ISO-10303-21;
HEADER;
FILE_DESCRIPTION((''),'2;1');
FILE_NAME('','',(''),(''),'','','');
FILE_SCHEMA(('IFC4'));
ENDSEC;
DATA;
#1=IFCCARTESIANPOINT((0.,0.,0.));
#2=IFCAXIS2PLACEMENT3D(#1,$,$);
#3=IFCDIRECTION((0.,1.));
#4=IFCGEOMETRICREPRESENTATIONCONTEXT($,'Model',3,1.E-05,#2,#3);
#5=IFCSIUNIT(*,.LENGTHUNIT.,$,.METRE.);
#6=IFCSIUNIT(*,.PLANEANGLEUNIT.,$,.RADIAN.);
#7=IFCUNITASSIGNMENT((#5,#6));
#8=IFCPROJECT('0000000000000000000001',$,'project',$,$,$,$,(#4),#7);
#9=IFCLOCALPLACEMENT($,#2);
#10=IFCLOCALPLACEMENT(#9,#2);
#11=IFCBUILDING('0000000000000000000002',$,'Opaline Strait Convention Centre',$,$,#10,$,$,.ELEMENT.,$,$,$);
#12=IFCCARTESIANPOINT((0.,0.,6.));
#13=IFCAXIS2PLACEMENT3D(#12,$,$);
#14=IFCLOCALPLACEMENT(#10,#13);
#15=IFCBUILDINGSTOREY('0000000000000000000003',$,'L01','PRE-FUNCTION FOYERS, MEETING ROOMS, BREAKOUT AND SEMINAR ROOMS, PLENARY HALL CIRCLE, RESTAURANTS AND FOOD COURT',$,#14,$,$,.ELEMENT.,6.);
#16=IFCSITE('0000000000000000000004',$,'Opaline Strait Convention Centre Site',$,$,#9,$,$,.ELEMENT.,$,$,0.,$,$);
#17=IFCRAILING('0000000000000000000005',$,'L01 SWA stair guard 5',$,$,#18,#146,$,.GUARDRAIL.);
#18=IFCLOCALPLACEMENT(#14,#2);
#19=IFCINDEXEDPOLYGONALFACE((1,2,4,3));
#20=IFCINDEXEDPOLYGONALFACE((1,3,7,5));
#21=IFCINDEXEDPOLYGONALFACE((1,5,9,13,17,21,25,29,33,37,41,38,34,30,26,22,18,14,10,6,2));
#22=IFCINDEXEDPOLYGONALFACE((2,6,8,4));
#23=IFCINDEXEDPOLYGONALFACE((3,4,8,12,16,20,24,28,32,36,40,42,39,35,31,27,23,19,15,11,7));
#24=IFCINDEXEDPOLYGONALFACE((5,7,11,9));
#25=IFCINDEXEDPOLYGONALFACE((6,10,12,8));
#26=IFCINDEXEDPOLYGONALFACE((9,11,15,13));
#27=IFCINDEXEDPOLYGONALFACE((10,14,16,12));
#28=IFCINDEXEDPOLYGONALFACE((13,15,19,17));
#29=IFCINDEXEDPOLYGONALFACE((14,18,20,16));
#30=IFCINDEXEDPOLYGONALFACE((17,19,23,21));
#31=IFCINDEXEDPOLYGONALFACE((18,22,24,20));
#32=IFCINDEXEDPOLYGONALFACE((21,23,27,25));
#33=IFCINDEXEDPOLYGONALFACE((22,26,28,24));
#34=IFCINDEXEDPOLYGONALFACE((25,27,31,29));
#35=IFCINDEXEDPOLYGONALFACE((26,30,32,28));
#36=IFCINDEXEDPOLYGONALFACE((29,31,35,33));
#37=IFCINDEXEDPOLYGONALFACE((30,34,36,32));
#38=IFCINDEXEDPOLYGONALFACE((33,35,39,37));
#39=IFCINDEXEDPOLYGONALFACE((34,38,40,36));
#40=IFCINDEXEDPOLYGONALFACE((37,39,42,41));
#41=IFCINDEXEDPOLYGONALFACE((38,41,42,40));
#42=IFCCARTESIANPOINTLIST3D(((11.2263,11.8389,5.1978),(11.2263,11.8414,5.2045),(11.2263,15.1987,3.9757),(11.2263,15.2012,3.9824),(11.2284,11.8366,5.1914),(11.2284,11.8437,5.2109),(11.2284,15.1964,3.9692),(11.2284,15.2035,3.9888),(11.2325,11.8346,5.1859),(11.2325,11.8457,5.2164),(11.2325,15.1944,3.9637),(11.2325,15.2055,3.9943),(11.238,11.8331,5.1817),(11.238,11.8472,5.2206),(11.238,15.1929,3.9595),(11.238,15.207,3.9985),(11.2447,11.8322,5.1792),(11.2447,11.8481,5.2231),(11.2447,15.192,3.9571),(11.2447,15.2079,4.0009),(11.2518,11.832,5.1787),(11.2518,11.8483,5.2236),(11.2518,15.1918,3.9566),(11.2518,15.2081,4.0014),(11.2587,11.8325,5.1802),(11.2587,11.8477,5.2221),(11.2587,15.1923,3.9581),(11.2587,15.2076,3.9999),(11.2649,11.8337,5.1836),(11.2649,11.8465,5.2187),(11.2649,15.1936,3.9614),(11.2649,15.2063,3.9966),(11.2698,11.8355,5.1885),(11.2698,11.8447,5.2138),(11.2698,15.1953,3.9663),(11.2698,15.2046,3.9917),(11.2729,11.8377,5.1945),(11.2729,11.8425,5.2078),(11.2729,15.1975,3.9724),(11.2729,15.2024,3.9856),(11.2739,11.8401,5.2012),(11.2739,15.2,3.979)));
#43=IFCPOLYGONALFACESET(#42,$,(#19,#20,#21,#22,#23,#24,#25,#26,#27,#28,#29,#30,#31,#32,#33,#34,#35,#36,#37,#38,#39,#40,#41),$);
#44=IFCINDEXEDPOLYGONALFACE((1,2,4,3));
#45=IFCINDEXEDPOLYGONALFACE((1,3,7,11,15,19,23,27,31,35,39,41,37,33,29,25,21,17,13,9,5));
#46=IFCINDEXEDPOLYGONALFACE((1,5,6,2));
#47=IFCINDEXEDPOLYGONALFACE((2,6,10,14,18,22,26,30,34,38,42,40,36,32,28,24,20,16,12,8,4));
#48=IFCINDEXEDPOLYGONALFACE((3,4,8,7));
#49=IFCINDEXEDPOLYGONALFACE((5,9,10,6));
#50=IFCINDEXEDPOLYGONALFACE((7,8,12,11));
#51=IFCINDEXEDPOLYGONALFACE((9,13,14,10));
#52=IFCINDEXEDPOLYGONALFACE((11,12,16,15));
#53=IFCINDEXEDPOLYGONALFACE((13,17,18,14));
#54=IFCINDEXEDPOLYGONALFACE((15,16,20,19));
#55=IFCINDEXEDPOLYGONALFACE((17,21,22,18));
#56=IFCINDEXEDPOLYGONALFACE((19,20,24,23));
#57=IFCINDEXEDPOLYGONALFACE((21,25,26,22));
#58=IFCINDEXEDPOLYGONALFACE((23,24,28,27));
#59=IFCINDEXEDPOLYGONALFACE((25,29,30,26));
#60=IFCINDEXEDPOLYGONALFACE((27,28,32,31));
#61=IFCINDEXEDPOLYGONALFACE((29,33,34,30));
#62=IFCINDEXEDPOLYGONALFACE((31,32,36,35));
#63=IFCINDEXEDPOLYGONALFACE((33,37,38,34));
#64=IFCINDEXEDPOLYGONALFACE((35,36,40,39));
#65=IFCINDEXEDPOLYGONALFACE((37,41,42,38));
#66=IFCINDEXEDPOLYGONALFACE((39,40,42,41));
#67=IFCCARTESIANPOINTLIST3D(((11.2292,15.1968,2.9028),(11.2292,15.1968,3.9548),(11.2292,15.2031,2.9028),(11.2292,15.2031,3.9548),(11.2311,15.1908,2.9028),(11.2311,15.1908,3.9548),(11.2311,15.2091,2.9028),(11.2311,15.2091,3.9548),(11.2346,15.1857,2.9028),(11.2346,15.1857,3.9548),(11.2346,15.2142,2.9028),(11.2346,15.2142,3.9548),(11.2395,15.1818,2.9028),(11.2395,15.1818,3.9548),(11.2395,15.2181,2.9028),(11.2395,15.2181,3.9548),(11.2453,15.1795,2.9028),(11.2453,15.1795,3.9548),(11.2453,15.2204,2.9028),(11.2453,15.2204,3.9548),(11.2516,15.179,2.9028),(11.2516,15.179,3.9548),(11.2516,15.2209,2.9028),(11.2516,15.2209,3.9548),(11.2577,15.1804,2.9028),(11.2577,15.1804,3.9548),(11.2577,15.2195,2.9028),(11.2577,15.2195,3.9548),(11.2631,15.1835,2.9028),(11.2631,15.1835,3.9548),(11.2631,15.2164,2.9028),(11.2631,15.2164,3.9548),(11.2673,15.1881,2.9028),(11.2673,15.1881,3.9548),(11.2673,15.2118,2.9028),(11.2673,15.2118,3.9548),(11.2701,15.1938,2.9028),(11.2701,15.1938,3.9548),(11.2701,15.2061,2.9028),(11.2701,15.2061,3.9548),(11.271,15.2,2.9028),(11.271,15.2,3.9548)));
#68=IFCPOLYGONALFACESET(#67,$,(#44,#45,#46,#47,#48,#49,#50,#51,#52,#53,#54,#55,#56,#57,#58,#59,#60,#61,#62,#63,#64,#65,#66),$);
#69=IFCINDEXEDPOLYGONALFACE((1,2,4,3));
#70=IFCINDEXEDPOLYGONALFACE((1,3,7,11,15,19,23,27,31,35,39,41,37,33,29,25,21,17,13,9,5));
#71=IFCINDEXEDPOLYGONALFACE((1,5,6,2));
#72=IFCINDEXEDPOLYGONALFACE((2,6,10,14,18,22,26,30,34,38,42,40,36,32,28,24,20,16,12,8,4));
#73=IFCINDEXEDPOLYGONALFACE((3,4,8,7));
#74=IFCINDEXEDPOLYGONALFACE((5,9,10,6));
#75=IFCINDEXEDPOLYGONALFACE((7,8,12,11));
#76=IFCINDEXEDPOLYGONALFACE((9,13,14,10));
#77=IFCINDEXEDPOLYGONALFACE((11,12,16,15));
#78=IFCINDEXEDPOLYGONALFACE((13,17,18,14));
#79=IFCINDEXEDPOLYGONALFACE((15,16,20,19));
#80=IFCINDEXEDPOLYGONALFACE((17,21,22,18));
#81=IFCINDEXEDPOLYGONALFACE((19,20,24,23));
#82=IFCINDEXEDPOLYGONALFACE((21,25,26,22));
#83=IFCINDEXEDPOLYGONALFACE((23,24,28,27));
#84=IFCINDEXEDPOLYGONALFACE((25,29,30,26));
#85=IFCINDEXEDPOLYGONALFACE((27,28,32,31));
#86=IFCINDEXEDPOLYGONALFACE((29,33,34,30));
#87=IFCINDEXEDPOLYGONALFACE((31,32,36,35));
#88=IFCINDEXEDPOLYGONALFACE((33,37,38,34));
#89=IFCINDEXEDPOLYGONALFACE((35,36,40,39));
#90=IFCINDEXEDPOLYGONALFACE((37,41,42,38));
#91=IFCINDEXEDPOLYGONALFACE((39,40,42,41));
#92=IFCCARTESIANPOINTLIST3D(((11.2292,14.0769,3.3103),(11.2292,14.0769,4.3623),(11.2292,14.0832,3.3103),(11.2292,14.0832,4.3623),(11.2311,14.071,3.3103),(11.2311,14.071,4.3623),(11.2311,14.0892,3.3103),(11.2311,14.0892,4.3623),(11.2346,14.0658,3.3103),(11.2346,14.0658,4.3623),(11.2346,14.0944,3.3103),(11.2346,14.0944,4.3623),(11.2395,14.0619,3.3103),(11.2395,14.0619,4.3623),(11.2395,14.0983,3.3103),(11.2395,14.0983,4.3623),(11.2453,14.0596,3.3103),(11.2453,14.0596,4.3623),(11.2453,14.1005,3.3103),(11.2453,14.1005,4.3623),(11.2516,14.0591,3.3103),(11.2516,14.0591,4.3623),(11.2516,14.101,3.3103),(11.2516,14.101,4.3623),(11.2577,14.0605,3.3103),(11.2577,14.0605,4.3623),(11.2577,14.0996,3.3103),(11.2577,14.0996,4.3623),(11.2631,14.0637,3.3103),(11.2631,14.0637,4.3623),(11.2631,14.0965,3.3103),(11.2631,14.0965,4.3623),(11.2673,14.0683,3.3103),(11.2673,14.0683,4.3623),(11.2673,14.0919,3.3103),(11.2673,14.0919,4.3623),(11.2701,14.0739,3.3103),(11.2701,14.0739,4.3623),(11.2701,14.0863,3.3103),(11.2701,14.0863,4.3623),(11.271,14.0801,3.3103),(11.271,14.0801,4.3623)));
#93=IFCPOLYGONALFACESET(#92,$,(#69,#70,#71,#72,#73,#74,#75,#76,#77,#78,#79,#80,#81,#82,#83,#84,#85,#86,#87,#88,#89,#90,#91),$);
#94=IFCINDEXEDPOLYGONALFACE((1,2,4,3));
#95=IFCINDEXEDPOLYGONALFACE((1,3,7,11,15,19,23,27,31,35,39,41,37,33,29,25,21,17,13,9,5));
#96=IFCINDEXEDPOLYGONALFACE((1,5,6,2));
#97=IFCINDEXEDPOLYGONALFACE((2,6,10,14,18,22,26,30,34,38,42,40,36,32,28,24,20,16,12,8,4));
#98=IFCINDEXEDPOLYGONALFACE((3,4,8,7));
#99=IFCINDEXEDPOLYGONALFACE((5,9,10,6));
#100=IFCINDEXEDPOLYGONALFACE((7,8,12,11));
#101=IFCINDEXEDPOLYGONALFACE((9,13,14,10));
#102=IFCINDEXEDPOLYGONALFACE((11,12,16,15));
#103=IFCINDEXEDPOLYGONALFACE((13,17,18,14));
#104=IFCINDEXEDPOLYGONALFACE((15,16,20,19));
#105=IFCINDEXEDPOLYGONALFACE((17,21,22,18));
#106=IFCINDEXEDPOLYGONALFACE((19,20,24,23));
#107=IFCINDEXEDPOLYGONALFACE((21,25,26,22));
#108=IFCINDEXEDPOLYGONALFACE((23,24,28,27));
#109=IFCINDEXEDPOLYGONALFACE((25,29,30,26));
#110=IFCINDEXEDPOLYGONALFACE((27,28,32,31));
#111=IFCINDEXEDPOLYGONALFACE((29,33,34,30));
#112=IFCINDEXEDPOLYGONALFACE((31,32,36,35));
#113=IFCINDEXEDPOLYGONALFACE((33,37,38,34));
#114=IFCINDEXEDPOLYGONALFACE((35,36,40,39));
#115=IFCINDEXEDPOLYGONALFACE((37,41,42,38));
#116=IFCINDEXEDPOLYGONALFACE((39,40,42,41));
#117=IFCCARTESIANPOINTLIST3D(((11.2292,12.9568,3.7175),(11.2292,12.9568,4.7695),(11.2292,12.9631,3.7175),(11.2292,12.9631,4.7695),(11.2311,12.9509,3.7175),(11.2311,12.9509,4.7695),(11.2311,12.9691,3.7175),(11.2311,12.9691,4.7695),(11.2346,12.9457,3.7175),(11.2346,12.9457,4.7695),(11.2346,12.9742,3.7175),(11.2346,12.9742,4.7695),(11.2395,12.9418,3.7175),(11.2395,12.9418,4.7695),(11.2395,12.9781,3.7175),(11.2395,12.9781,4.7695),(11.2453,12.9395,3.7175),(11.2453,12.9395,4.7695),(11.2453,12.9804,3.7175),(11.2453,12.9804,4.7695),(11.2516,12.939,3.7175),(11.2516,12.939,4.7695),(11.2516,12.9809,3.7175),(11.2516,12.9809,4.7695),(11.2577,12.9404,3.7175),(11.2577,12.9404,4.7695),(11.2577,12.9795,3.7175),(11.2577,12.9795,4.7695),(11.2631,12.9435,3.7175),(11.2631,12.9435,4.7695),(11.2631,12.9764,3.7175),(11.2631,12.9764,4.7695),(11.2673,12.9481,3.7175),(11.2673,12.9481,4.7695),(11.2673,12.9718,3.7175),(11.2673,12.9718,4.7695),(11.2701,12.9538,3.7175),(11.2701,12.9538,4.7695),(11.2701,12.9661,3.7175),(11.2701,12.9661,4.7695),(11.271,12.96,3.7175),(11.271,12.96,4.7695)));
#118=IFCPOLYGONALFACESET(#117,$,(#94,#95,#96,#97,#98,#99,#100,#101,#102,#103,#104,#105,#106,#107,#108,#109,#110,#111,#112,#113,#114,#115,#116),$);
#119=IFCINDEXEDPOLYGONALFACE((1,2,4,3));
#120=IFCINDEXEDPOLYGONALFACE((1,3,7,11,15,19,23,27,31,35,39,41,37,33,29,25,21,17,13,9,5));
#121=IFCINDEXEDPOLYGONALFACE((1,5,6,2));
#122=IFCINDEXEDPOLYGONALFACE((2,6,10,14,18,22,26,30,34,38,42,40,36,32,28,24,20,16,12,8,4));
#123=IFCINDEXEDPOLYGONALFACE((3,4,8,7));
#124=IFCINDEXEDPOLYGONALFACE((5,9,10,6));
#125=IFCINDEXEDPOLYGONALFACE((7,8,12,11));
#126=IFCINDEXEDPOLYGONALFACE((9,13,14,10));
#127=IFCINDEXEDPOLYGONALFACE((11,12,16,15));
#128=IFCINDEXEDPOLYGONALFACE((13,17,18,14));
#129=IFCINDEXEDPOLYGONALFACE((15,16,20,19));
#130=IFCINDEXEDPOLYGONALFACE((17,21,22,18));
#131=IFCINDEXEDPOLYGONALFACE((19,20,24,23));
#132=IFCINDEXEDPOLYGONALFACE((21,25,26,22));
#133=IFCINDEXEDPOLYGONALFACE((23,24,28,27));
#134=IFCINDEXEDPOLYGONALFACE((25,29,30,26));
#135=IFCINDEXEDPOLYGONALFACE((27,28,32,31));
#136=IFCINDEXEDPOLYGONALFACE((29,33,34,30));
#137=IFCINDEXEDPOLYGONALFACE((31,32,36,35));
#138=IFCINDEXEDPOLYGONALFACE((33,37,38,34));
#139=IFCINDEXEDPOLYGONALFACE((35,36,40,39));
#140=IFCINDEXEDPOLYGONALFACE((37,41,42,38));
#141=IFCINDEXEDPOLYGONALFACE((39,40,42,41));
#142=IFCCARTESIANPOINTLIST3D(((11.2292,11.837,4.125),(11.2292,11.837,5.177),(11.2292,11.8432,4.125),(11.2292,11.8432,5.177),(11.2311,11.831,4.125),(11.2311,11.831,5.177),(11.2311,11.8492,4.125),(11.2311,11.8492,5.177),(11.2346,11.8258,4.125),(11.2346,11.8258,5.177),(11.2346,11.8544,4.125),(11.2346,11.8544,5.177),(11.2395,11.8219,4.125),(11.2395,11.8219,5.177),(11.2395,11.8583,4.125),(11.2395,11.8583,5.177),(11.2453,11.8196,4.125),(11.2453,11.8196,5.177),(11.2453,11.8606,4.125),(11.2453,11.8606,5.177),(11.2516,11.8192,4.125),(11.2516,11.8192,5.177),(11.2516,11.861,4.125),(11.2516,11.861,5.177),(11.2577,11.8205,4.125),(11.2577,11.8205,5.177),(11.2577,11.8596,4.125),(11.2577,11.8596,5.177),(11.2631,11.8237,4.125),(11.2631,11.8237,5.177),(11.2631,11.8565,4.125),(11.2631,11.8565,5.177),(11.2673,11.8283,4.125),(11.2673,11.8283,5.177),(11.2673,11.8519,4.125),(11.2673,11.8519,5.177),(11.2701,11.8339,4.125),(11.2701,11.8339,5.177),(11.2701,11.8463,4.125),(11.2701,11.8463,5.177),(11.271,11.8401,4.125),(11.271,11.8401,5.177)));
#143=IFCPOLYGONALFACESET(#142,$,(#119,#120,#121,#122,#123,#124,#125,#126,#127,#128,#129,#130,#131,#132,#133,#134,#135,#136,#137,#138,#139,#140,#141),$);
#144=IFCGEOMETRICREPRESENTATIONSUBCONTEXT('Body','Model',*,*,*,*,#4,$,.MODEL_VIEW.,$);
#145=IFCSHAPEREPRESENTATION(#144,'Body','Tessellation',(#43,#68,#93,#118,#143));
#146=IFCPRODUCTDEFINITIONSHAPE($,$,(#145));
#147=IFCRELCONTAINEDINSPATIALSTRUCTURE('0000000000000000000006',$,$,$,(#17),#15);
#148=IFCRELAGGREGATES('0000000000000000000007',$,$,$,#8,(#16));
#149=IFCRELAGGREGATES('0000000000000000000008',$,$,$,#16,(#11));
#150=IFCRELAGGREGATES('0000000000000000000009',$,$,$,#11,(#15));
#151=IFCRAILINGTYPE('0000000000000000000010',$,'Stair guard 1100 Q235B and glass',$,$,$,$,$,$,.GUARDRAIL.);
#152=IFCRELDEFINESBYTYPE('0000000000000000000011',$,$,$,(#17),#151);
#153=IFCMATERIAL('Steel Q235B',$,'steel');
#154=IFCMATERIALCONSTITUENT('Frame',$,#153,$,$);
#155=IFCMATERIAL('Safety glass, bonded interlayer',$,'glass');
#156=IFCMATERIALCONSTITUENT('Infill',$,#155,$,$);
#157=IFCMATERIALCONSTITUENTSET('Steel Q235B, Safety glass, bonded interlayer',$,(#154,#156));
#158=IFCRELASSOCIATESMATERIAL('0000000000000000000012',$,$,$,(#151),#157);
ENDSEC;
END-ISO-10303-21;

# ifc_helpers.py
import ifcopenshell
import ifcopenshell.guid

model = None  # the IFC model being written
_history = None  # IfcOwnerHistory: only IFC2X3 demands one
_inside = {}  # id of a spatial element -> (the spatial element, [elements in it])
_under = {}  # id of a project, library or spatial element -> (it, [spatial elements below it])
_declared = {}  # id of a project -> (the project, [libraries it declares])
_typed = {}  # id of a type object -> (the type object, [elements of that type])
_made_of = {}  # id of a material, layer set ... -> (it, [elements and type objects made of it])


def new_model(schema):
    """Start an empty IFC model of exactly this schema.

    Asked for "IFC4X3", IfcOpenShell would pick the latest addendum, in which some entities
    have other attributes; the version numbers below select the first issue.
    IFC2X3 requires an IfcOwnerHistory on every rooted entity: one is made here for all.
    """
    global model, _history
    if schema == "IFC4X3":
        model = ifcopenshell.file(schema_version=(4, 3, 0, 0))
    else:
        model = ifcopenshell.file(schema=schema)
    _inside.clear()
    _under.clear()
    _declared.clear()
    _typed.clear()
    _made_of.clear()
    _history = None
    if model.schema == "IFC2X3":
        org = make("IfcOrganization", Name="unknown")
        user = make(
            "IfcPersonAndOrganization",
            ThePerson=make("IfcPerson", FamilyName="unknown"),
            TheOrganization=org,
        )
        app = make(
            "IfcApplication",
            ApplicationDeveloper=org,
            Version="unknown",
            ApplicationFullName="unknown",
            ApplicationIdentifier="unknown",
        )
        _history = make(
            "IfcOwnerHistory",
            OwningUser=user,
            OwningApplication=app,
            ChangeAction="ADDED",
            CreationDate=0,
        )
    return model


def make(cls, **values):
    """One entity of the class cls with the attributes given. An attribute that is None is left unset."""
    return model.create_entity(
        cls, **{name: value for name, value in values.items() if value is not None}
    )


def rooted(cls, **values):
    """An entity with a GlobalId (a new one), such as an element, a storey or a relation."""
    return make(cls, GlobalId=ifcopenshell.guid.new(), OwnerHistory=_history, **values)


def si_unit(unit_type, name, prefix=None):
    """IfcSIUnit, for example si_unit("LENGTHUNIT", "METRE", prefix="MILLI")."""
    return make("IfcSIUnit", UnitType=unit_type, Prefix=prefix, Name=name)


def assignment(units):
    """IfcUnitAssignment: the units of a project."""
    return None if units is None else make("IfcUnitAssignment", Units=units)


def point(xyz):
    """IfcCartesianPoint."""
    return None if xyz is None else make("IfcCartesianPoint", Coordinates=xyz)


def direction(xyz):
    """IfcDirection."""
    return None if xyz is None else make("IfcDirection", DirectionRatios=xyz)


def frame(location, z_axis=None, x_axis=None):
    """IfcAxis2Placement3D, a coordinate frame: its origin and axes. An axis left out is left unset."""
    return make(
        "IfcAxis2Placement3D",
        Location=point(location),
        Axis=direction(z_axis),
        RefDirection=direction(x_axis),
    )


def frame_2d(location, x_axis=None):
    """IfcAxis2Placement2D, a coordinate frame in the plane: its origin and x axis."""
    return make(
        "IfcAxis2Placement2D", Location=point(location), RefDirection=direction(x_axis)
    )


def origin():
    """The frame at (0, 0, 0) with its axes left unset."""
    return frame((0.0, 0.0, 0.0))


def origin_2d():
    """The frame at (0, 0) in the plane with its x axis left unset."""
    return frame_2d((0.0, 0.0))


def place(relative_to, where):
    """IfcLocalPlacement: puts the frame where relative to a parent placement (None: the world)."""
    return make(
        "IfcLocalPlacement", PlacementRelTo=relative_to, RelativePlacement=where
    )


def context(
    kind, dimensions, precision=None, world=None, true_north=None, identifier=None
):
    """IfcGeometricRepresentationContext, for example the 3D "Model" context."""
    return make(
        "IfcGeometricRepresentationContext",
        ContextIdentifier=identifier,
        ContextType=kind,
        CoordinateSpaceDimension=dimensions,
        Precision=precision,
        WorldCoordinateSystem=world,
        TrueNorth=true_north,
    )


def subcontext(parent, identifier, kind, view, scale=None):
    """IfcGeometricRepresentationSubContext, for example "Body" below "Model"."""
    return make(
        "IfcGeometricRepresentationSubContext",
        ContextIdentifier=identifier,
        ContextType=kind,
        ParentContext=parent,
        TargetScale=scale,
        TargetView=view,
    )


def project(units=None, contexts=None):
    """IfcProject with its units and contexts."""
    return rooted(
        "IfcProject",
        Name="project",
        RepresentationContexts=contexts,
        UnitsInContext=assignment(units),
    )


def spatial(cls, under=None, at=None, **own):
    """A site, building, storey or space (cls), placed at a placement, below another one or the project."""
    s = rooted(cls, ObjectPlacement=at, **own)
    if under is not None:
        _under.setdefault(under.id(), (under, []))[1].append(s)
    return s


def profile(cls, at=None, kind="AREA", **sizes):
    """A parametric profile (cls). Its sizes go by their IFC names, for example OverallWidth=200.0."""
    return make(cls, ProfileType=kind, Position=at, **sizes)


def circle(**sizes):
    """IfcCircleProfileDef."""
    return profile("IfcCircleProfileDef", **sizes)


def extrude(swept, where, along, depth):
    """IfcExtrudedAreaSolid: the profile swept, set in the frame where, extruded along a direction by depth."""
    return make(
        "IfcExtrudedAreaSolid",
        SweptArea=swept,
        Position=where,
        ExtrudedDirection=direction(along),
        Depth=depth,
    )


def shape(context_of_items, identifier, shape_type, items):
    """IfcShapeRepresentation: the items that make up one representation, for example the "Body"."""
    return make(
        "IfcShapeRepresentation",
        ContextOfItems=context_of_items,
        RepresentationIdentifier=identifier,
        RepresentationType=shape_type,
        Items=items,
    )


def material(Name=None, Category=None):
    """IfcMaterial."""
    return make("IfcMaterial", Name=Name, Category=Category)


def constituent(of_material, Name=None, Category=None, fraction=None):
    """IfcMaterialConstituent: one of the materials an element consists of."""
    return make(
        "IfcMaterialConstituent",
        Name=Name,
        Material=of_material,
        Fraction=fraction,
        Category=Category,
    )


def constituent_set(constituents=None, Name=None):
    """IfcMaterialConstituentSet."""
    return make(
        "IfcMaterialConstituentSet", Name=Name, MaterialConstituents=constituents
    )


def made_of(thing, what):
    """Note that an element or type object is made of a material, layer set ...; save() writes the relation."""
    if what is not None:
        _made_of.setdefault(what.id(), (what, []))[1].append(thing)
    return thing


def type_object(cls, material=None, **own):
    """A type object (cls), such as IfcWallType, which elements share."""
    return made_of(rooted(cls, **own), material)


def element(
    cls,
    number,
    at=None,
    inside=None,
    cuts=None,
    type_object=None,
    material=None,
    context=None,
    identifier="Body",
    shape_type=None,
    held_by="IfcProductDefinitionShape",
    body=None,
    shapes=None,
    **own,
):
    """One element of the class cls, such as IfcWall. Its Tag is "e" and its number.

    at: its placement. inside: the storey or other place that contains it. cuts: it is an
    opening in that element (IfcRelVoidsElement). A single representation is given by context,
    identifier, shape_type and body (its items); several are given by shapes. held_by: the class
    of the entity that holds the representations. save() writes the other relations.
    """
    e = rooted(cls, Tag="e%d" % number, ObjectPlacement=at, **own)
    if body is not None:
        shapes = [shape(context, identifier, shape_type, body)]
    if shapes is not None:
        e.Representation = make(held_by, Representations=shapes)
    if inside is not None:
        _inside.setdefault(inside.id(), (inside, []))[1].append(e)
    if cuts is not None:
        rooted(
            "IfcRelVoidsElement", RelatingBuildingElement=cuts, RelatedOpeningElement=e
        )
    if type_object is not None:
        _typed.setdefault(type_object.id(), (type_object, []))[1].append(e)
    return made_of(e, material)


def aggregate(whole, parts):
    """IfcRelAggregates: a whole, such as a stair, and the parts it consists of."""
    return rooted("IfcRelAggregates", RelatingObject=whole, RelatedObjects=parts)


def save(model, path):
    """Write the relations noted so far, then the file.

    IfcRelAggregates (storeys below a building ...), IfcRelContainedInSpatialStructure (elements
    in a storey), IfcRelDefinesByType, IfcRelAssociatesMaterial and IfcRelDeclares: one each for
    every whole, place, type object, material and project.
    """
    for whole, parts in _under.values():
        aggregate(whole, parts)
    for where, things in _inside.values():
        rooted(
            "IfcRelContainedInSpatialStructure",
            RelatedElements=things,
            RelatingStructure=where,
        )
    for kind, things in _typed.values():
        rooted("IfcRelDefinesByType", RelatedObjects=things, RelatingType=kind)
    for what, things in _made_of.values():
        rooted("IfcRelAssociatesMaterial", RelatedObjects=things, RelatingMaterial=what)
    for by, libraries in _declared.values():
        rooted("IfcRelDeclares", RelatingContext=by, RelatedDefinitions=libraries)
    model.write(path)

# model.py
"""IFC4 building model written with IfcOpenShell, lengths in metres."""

from ifc_helpers import new_model, si_unit, direction, frame, origin, origin_2d, place, context, subcontext, project, spatial, circle, extrude, material, constituent, constituent_set, type_object, element, save


model = new_model("IFC4")

# Units and contexts
model_context = context("Model", 3, precision=1e-05, world=origin(), true_north=direction((0.0, 1.0)))
body_context = subcontext(model_context, "Body", "Model", "MODEL_VIEW")
ifc_project = project(units=[si_unit("LENGTHUNIT", "METRE"), si_unit("PLANEANGLEUNIT", "RADIAN")], contexts=[model_context])

# Site, building, storey
site_placement = place(None, origin())
site = spatial("IfcSite", under=ifc_project, at=site_placement, Name="Opaline Strait Convention Centre Site", CompositionType="ELEMENT", RefElevation=0.0)
building_placement = place(site_placement, origin())
building = spatial("IfcBuilding", under=site, at=building_placement, Name="Opaline Strait Convention Centre", CompositionType="ELEMENT")
storey_placement = place(building_placement, frame((0.0, 0.0, 6.0)))
storey = spatial("IfcBuildingStorey", under=building, at=storey_placement, Name="L01", Description="PRE-FUNCTION FOYERS, MEETING ROOMS, BREAKOUT AND SEMINAR ROOMS, PLENARY HALL CIRCLE, RESTAURANTS AND FOOD COURT", CompositionType="ELEMENT", Elevation=6.0)

# Railing
ifc_material_1 = material(Name="Steel Q235B", Category="steel")
ifc_constituent_1 = constituent(ifc_material_1, Name="Frame")
ifc_material_2 = material(Name="Safety glass, bonded interlayer", Category="glass")
ifc_constituent_2 = constituent(ifc_material_2, Name="Infill")
ifc_constituent_set = constituent_set(constituents=[ifc_constituent_1, ifc_constituent_2], Name="Steel Q235B, Safety glass, bonded interlayer")
railing_type_1 = type_object("IfcRailingType", Name="Stair guard 1100 Q235B and glass", PredefinedType="GUARDRAIL", material=ifc_constituent_set)
railing_1_placement = place(storey_placement, frame((11.25, 15.2, 2.9028)))
element("IfcRailing", 1, at=railing_1_placement, inside=storey, type_object=railing_type_1, Name="L01 SWA stair guard 5", PredefinedType="GUARDRAIL", context=body_context, shape_type="SweptSolid", body=[
    extrude(circle(Radius=0.0239, at=origin_2d()), frame((0.0, 0.0, 1.0762), z_axis=(0.0, -0.939758, 0.341842), x_axis=(1.0, 0.0, 0.0)), (0.0, 0.0, 1.0), 3.5752),
    extrude(circle(Radius=0.021, at=origin_2d()), origin(), (0.0, 0.0, 1.0), 1.052),
    extrude(circle(Radius=0.021, at=origin_2d()), frame((0.0, -1.1199, 0.4075)), (0.0, 0.0, 1.0), 1.052),
    extrude(circle(Radius=0.021, at=origin_2d()), frame((0.0, -2.24, 0.8147)), (0.0, 0.0, 1.0), 1.052),
    extrude(circle(Radius=0.021, at=origin_2d()), frame((0.0, -3.3599, 1.2222)), (0.0, 0.0, 1.0), 1.052),
])

save(model, "model.ifc")
